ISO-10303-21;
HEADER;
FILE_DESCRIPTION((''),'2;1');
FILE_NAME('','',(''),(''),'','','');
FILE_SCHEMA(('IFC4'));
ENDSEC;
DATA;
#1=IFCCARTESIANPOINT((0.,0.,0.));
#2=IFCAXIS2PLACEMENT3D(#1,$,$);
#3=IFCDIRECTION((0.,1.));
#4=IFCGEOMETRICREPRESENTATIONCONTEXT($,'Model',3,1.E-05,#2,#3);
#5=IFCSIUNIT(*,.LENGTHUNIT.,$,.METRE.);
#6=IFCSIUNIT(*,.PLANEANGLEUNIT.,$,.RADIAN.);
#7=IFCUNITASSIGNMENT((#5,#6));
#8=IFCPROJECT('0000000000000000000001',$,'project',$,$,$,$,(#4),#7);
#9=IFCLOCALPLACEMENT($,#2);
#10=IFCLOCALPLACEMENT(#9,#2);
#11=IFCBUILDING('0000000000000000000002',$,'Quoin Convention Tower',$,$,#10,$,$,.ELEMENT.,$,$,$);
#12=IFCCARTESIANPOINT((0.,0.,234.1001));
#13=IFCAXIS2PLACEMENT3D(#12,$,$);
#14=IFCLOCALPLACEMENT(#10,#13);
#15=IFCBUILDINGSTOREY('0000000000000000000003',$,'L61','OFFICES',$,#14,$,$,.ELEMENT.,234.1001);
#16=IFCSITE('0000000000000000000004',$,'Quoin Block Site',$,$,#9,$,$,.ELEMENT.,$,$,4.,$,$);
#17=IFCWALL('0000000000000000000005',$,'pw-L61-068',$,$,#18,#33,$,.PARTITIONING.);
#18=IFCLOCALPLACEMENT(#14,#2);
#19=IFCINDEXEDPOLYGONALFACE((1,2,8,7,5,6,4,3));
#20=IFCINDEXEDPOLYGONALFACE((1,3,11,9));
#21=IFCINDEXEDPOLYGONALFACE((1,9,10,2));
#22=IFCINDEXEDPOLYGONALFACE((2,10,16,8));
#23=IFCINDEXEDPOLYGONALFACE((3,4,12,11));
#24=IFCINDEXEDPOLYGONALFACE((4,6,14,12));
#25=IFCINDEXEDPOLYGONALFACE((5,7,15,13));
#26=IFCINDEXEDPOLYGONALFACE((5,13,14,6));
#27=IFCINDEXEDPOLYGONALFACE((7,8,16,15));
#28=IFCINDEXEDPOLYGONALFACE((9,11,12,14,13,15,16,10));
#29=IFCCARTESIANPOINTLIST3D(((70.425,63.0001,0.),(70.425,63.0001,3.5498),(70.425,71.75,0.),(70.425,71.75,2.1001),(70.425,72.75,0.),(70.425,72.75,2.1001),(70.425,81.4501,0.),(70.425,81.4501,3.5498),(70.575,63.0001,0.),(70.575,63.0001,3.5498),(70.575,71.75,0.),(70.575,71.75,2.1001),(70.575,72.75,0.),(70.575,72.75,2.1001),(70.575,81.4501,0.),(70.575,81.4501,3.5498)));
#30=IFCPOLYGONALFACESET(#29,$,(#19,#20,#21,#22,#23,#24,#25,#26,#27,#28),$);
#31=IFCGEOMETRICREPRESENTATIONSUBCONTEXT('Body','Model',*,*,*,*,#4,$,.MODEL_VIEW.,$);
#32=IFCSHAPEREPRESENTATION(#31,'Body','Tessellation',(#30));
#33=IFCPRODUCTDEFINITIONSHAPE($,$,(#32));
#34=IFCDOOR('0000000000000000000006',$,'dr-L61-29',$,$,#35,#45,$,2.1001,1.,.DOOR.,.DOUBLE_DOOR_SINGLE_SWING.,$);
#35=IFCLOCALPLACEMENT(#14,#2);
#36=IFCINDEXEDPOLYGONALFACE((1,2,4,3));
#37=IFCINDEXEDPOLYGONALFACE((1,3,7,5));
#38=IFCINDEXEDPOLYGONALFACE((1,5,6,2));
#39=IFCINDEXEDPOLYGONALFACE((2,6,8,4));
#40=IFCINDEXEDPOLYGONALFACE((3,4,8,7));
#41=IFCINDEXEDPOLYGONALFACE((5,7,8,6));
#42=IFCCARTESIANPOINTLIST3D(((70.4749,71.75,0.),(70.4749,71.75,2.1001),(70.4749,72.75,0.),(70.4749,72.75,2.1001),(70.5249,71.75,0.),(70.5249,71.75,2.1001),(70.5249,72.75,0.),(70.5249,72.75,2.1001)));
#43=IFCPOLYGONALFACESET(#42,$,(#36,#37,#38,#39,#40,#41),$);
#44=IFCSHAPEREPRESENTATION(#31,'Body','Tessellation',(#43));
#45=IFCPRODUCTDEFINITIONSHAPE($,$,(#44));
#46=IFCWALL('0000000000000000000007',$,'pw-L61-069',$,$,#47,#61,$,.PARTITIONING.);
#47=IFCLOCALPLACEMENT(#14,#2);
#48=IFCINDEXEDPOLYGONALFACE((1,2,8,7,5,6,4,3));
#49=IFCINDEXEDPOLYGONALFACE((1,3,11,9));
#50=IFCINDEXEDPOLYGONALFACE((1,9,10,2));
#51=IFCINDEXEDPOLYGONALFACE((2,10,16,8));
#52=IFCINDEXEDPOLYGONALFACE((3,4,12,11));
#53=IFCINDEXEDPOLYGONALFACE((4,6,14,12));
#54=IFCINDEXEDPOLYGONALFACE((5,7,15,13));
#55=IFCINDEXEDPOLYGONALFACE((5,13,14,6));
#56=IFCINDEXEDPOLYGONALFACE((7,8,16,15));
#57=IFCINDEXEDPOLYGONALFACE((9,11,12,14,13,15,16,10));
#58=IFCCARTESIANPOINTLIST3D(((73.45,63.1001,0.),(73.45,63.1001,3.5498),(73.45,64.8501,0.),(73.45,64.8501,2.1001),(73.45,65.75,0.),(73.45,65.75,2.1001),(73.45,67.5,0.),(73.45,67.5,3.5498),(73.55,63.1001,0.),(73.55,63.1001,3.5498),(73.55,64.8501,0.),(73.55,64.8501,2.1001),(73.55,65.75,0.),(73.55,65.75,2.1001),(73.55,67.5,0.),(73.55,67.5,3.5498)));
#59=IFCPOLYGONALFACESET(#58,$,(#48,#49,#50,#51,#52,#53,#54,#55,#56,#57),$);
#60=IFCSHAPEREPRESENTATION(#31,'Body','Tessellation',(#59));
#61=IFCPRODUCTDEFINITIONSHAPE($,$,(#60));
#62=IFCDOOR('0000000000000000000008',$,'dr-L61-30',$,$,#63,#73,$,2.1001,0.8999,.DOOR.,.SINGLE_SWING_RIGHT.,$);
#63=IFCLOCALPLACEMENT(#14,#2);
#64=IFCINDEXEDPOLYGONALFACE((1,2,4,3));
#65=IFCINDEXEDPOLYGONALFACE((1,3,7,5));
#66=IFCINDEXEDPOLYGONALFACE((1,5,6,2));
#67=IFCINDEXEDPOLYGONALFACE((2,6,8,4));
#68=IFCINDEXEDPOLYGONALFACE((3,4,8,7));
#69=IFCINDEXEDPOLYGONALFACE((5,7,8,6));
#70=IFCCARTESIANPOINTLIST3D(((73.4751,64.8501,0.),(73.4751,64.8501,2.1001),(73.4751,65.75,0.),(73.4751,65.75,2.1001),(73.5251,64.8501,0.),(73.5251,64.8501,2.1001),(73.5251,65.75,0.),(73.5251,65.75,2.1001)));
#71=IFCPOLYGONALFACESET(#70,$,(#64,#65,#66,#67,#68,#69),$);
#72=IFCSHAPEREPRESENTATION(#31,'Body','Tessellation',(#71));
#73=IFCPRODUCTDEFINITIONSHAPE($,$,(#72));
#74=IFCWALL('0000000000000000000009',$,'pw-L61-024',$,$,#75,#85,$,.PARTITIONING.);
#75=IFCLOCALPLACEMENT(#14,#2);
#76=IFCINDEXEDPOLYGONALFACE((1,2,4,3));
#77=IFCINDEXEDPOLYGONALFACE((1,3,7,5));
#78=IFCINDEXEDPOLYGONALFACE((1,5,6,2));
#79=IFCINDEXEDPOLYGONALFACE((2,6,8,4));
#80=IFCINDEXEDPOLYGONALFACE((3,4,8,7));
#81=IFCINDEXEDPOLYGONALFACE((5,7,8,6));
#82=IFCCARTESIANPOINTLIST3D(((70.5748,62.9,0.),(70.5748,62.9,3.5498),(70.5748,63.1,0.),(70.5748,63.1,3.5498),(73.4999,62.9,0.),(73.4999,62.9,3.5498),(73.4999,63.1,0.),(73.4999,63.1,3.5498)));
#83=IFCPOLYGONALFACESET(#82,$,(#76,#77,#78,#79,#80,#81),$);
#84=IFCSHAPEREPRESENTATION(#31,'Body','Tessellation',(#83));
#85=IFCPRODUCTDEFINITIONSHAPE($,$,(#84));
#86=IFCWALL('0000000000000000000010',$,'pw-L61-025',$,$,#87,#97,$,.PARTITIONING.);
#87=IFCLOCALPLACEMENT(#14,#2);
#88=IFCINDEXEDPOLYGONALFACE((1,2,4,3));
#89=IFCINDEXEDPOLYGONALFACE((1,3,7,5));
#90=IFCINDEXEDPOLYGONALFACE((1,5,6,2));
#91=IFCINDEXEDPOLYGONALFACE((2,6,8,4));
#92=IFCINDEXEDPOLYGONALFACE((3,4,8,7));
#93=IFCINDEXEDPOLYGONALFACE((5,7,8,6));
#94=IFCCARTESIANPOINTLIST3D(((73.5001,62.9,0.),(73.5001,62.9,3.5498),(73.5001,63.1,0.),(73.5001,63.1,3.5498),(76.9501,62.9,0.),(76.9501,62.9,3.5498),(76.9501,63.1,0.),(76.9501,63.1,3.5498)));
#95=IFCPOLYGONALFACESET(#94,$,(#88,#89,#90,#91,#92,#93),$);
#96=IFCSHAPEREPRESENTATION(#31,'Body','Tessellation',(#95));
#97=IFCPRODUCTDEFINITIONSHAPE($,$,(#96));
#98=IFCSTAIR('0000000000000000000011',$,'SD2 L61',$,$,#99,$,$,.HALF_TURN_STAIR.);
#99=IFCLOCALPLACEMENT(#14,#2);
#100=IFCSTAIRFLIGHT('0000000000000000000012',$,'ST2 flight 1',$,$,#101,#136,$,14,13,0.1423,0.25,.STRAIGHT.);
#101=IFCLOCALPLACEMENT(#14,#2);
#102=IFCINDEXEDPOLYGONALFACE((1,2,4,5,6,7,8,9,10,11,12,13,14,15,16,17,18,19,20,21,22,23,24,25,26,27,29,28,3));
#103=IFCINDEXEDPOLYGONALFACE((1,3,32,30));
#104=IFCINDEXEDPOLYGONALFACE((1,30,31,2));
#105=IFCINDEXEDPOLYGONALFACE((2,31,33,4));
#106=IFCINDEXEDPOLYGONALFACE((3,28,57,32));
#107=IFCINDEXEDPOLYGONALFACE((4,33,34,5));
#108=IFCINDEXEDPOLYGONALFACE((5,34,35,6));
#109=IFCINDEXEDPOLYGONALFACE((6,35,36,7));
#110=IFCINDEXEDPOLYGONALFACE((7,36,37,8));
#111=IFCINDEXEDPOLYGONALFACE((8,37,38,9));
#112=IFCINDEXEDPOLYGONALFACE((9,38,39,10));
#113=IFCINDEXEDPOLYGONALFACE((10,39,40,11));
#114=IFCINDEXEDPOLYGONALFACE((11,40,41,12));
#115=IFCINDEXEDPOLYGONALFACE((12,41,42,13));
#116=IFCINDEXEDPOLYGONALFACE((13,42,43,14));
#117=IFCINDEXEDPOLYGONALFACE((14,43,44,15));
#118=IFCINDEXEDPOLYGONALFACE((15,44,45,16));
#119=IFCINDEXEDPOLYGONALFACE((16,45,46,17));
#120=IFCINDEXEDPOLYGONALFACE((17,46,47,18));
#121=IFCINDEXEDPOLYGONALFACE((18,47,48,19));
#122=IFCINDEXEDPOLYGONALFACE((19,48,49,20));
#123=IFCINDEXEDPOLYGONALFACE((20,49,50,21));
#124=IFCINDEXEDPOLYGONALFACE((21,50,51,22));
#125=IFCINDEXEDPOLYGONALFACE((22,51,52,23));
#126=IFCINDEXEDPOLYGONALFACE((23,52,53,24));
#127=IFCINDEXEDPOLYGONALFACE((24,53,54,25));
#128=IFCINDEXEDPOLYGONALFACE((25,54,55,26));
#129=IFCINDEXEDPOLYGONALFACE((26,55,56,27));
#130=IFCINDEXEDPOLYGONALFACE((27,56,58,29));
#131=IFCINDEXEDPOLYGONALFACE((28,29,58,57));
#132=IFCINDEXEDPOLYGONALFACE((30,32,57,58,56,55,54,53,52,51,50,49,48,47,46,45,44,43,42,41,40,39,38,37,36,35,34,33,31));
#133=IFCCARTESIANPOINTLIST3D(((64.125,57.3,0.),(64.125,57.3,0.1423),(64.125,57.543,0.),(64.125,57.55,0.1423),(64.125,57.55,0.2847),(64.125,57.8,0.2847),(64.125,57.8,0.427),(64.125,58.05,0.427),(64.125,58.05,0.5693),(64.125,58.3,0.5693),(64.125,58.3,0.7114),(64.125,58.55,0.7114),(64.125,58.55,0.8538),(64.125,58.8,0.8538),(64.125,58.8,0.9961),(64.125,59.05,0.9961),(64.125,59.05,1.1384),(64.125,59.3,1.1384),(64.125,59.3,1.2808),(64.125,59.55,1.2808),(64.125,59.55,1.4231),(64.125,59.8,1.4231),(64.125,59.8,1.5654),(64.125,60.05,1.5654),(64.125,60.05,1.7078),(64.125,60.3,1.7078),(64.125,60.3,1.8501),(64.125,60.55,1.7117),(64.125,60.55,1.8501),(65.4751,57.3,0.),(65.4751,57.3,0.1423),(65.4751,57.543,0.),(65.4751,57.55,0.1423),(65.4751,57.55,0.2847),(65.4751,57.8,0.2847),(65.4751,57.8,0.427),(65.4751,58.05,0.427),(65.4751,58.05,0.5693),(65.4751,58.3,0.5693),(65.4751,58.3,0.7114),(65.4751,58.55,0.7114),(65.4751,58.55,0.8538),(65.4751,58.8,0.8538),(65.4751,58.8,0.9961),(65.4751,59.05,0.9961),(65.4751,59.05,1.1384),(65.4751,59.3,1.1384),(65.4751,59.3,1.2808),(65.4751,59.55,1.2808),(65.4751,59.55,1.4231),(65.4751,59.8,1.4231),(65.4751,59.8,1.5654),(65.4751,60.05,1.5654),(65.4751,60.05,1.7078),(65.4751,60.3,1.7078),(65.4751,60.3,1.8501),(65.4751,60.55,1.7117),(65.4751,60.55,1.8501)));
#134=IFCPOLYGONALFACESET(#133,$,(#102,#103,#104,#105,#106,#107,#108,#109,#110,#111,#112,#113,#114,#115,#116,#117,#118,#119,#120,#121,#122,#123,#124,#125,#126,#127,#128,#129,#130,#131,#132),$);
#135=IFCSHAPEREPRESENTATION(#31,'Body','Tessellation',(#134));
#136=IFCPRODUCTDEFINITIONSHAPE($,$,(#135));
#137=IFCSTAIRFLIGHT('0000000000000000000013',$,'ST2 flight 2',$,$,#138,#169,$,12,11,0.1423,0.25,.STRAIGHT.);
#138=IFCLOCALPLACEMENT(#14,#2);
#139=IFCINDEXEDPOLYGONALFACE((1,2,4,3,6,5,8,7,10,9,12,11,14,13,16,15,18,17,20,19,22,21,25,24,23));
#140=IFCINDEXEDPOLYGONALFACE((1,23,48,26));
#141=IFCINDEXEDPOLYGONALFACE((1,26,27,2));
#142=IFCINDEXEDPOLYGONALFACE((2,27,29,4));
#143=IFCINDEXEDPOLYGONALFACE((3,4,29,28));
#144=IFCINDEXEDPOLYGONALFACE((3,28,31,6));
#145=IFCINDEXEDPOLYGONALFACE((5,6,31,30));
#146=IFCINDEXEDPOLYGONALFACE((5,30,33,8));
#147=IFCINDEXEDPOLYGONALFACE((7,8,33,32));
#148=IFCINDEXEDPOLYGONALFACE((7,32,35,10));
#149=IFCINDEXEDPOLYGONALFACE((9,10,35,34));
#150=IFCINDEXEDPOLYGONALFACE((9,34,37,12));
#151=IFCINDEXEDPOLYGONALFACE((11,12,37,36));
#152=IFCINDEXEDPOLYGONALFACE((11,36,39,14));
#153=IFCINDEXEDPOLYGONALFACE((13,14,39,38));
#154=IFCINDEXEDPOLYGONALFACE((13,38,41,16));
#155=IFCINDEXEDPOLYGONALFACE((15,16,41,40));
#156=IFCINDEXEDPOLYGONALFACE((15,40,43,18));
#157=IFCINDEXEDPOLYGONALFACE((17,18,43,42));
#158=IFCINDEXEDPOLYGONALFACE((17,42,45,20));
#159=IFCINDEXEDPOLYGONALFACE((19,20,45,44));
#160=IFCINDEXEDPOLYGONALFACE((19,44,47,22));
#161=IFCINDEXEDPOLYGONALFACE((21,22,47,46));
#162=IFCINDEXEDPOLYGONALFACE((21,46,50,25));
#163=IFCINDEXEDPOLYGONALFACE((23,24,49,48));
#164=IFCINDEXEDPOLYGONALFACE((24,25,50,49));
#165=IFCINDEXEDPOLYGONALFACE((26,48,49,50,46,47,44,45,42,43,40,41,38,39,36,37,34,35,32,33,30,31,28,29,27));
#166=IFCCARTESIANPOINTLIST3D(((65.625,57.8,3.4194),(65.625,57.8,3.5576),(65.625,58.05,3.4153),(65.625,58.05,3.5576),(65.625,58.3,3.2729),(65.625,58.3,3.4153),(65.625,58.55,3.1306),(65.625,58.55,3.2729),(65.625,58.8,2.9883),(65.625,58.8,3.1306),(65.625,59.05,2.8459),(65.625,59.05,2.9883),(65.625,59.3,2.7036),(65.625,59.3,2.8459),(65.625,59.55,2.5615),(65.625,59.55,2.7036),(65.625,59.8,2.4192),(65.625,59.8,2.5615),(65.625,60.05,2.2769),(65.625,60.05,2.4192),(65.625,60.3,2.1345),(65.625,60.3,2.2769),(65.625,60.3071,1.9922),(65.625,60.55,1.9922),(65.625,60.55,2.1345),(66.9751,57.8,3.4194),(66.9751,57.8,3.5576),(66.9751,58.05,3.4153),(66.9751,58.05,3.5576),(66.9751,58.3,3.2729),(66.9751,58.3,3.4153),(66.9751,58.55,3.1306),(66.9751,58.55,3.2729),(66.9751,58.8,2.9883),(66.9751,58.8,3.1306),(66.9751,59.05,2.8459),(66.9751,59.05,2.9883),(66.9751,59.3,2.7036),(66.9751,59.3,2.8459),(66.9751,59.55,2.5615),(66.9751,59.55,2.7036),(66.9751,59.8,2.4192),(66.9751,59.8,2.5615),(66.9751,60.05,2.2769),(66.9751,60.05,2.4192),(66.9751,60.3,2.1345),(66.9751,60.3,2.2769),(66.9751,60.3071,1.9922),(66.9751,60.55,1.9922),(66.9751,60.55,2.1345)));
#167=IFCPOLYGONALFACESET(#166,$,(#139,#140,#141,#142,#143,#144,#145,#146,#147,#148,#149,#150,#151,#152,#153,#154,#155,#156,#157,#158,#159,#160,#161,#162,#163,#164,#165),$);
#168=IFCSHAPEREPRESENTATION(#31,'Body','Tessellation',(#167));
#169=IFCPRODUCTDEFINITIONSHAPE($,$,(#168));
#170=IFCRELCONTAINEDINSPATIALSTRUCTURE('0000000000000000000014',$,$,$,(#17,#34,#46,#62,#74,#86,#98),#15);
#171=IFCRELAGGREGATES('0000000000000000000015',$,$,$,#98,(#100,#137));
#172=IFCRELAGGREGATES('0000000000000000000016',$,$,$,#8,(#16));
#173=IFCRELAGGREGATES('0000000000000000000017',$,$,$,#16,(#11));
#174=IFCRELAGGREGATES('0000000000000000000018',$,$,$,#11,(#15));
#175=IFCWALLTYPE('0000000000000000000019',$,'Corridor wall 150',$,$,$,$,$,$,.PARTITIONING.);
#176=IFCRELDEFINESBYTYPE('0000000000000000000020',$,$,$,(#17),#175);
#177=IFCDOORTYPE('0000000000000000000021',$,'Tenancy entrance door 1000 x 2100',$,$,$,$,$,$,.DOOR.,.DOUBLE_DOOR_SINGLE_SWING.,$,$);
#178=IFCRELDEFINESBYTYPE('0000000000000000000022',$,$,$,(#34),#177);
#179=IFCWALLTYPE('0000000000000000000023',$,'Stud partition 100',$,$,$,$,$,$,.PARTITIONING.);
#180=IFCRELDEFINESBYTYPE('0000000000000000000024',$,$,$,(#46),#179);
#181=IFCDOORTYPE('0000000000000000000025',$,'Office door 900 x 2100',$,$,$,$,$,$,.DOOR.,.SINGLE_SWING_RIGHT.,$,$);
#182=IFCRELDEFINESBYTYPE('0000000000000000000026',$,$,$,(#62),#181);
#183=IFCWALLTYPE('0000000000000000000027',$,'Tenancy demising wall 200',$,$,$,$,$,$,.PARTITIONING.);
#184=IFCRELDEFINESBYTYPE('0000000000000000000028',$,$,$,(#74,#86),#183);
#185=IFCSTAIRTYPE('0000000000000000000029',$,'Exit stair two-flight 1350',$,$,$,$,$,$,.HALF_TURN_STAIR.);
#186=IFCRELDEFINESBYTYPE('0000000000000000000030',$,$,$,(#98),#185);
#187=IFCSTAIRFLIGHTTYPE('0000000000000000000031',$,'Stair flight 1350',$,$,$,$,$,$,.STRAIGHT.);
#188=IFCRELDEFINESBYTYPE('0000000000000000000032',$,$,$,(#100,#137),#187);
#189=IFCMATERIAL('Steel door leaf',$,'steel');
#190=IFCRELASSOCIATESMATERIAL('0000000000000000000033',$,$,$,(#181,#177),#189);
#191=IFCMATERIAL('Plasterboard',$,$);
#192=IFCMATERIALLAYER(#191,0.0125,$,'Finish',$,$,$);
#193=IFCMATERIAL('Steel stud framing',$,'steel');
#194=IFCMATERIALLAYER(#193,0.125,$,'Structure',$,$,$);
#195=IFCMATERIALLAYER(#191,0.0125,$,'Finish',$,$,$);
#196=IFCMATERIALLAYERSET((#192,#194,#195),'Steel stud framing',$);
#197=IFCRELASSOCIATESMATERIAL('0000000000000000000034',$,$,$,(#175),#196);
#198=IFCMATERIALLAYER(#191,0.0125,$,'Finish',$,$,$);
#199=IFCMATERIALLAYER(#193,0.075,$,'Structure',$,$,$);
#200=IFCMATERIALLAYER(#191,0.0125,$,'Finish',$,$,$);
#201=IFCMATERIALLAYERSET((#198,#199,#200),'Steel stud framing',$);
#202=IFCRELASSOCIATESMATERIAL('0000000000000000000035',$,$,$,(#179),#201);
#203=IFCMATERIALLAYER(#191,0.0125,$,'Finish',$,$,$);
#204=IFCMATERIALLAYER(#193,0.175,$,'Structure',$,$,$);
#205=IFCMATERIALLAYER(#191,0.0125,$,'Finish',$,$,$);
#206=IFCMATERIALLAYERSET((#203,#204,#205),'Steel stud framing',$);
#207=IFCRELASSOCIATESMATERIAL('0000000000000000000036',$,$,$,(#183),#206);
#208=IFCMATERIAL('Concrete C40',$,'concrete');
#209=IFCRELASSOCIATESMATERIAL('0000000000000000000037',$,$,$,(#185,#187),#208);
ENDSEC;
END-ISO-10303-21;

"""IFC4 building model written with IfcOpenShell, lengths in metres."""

from ifc_helpers import new_model, si_unit, direction, frame, frame_2d, origin, place, context, subcontext, project, spatial, polyline, rectangle, outline, extrude, material, layer, layer_set, type_object, element, fill, aggregate, save


model = new_model("IFC4")

# Units and contexts
model_context = context("Model", 3, precision=1e-05, world=origin(), true_north=direction((0.0, 1.0)))
body_context = subcontext(model_context, "Body", "Model", "MODEL_VIEW")
ifc_project = project(units=[si_unit("LENGTHUNIT", "METRE"), si_unit("PLANEANGLEUNIT", "RADIAN")], contexts=[model_context])

# Site, building, storey
site_placement = place(None, origin())
site = spatial("IfcSite", under=ifc_project, at=site_placement, Name="Quoin Block Site", CompositionType="ELEMENT", RefElevation=4.0)
building_placement = place(site_placement, origin())
building = spatial("IfcBuilding", under=site, at=building_placement, Name="Quoin Convention Tower", CompositionType="ELEMENT")
storey_placement = place(building_placement, frame((0.0, 0.0, 234.1001)))
storey = spatial("IfcBuildingStorey", under=building, at=storey_placement, Name="L61", Description="OFFICES", CompositionType="ELEMENT", Elevation=234.1001)

# Shared definitions
ifc_material_1 = material(Name="Plasterboard")
ifc_material_2 = material(Name="Steel stud framing", Category="steel")

# Shared definitions
ifc_material_3 = material(Name="Steel door leaf", Category="steel")
door_type_1 = type_object("IfcDoorType", Name="Office door 900 x 2100", OperationType="SINGLE_SWING_RIGHT", PredefinedType="DOOR", material=ifc_material_3)

# Walls, openings, doors
ifc_layer_1 = layer(ifc_material_1, 0.0125, Name="Finish")
ifc_layer_2 = layer(ifc_material_2, 0.125, Name="Structure")
ifc_layer_3 = layer(ifc_material_1, 0.0125, Name="Finish")
ifc_layer_set_1 = layer_set([ifc_layer_1, ifc_layer_2, ifc_layer_3], Name="Steel stud framing")
wall_type_1 = type_object("IfcWallType", Name="Corridor wall 150", PredefinedType="PARTITIONING", material=ifc_layer_set_1)
wall_1_placement = place(storey_placement, frame((70.5, 63.0, 0.0), z_axis=(0.0, 0.0, 1.0), x_axis=(0.0, 1.0, 0.0)))
wall_1 = element("IfcWall", 1, at=wall_1_placement, inside=storey, type_object=wall_type_1, Name="pw-L61-068", PredefinedType="PARTITIONING", context=body_context, shape_type="SweptSolid", body=[
    extrude(rectangle(XDim=18.45, YDim=0.1499, at=frame_2d((9.2251, 0.0))), origin(), (0.0, 0.0, 1.0), 3.5498),
])
opening_1_placement = place(wall_1_placement, frame((8.75, 0.0, 0.0)))
opening_1 = element("IfcOpeningElement", 2, at=opening_1_placement, cuts=wall_1, PredefinedType="OPENING", context=body_context, shape_type="SweptSolid", body=[
    extrude(rectangle(XDim=1.0, YDim=2.1001, at=frame_2d((0.5, 1.05))), frame((0.0, 0.085, 0.0), z_axis=(0.0, -1.0, 0.0), x_axis=(1.0, 0.0, 0.0)), (0.0, 0.0, 1.0), 0.1699),
])
door_type_2 = type_object("IfcDoorType", Name="Tenancy entrance door 1000 x 2100", OperationType="DOUBLE_DOOR_SINGLE_SWING", PredefinedType="DOOR", material=ifc_material_3)
door_1_placement = place(opening_1_placement, frame((1.0, 0.0, 0.0), z_axis=(0.0, 0.0, 1.0), x_axis=(-1.0, 0.0, 0.0)))
door_1 = element("IfcDoor", 3, at=door_1_placement, inside=storey, type_object=door_type_2, Name="dr-L61-29", OperationType="DOUBLE_DOOR_SINGLE_SWING", OverallHeight=2.1001, OverallWidth=1.0, PredefinedType="DOOR", context=body_context, shape_type="SweptSolid", body=[
    extrude(rectangle(XDim=1.0, YDim=2.1001, at=frame_2d((0.5, 1.05))), frame((0.0, 0.0249, 0.0), z_axis=(0.0, -1.0, 0.0), x_axis=(1.0, 0.0, 0.0)), (0.0, 0.0, 1.0), 0.05),
])
fill(opening_1, door_1)
ifc_layer_4 = layer(ifc_material_1, 0.0125, Name="Finish")
ifc_layer_5 = layer(ifc_material_2, 0.075, Name="Structure")
ifc_layer_6 = layer(ifc_material_1, 0.0125, Name="Finish")
ifc_layer_set_2 = layer_set([ifc_layer_4, ifc_layer_5, ifc_layer_6], Name="Steel stud framing")
wall_type_2 = type_object("IfcWallType", Name="Stud partition 100", PredefinedType="PARTITIONING", material=ifc_layer_set_2)
wall_2_placement = place(storey_placement, frame((73.5, 63.1001, 0.0), z_axis=(0.0, 0.0, 1.0), x_axis=(0.0, 1.0, 0.0)))
wall_2 = element("IfcWall", 4, at=wall_2_placement, inside=storey, type_object=wall_type_2, Name="pw-L61-069", PredefinedType="PARTITIONING", context=body_context, shape_type="SweptSolid", body=[
    extrude(rectangle(XDim=4.3999, YDim=0.1001, at=frame_2d((2.2, 0.0))), origin(), (0.0, 0.0, 1.0), 3.5498),
])
opening_2_placement = place(wall_2_placement, frame((1.75, 0.0, 0.0)))
opening_2 = element("IfcOpeningElement", 5, at=opening_2_placement, cuts=wall_2, PredefinedType="OPENING", context=body_context, shape_type="SweptSolid", body=[
    extrude(rectangle(XDim=0.8999, YDim=2.1001, at=frame_2d((0.45, 1.05))), frame((0.0, 0.0601, 0.0), z_axis=(0.0, -1.0, 0.0), x_axis=(1.0, 0.0, 0.0)), (0.0, 0.0, 1.0), 0.1201),
])
door_2_placement = place(opening_2_placement, origin())
door_2 = element("IfcDoor", 6, at=door_2_placement, inside=storey, type_object=door_type_1, Name="dr-L61-30", OperationType="SINGLE_SWING_RIGHT", OverallHeight=2.1001, OverallWidth=0.8999, PredefinedType="DOOR", context=body_context, shape_type="SweptSolid", body=[
    extrude(rectangle(XDim=0.8999, YDim=2.1001, at=frame_2d((0.45, 1.05))), frame((0.0, 0.0249, 0.0), z_axis=(0.0, -1.0, 0.0), x_axis=(1.0, 0.0, 0.0)), (0.0, 0.0, 1.0), 0.05),
])
fill(opening_2, door_2)

# Walls
ifc_layer_7 = layer(ifc_material_1, 0.0125, Name="Finish")
ifc_layer_8 = layer(ifc_material_2, 0.175, Name="Structure")
ifc_layer_9 = layer(ifc_material_1, 0.0125, Name="Finish")
ifc_layer_set_3 = layer_set([ifc_layer_7, ifc_layer_8, ifc_layer_9], Name="Steel stud framing")
wall_type_3 = type_object("IfcWallType", Name="Tenancy demising wall 200", PredefinedType="PARTITIONING", material=ifc_layer_set_3)
wall_3_placement = place(storey_placement, frame((70.575, 63.0, 0.0), z_axis=(0.0, 0.0, 1.0), x_axis=(1.0, 0.0, 0.0)))
element("IfcWall", 7, at=wall_3_placement, inside=storey, type_object=wall_type_3, Name="pw-L61-024", PredefinedType="PARTITIONING", context=body_context, shape_type="SweptSolid", body=[
    extrude(rectangle(XDim=2.925, YDim=0.2, at=frame_2d((1.4624, 0.0))), origin(), (0.0, 0.0, 1.0), 3.5498),
])
wall_4_placement = place(storey_placement, frame((73.5, 63.0, 0.0), z_axis=(0.0, 0.0, 1.0), x_axis=(1.0, 0.0, 0.0)))
element("IfcWall", 8, at=wall_4_placement, inside=storey, type_object=wall_type_3, Name="pw-L61-025", PredefinedType="PARTITIONING", context=body_context, shape_type="SweptSolid", body=[
    extrude(rectangle(XDim=3.45, YDim=0.2, at=frame_2d((1.7251, 0.0))), origin(), (0.0, 0.0, 1.0), 3.5498),
])

# Stair, stair flights
ifc_material_4 = material(Name="Concrete C40", Category="concrete")
stair_type = type_object("IfcStairType", Name="Exit stair two-flight 1350", PredefinedType="HALF_TURN_STAIR", material=ifc_material_4)
stair_placement = place(storey_placement, origin())
stair = element("IfcStair", 9, at=stair_placement, inside=storey, type_object=stair_type, Name="SD2 L61", PredefinedType="HALF_TURN_STAIR")
stair_flight_type = type_object("IfcStairFlightType", Name="Stair flight 1350", PredefinedType="STRAIGHT", material=ifc_material_4)
stair_flight_1_placement = place(storey_placement, frame((64.8, 57.3, 0.0), z_axis=(0.0, 0.0, 1.0), x_axis=(0.0, 1.0, 0.0)))
stair_flight_1 = element("IfcStairFlight", 10, at=stair_flight_1_placement, type_object=stair_flight_type, Name="ST2 flight 1", NumberOfRisers=14, NumberOfTreads=13, PredefinedType="STRAIGHT", RiserHeight=0.1423, TreadLength=0.25, context=body_context, shape_type="SweptSolid", body=[
    extrude(outline(polyline([(0.0, 0.0), (0.0, 0.1423), (0.25, 0.1423), (0.25, 0.2847), (0.5, 0.2847), (0.5, 0.427), (0.75, 0.427), (0.75, 0.5693), (1.0, 0.5693), (1.0, 0.7114), (1.25, 0.7114), (1.25, 0.8538), (1.5, 0.8538), (1.5, 0.9961), (1.75, 0.9961), (1.75, 1.1384), (2.0, 1.1384), (2.0, 1.2808), (2.25, 1.2808), (2.25, 1.4231), (2.5, 1.4231), (2.5, 1.5654), (2.75, 1.5654), (2.75, 1.7078), (3.0, 1.7078), (3.0, 1.8501), (3.25, 1.8501), (3.25, 1.9922), (3.25, 1.7117), (0.2429, 0.0), (0.0, 0.0)])), frame((0.0, 0.675, 0.0), z_axis=(0.0, -1.0, 0.0), x_axis=(1.0, 0.0, 0.0)), (0.0, 0.0, 1.0), 1.3501),
])
stair_flight_2_placement = place(storey_placement, frame((66.3, 60.55, 1.9922), z_axis=(0.0, 0.0, 1.0), x_axis=(0.0, -1.0, 0.0)))
stair_flight_2 = element("IfcStairFlight", 11, at=stair_flight_2_placement, type_object=stair_flight_type, Name="ST2 flight 2", NumberOfRisers=12, NumberOfTreads=11, PredefinedType="STRAIGHT", RiserHeight=0.1423, TreadLength=0.25, context=body_context, shape_type="SweptSolid", body=[
    extrude(outline(polyline([(0.0, 0.0), (0.0, 0.1423), (0.25, 0.1423), (0.25, 0.2847), (0.5, 0.2847), (0.5, 0.427), (0.75, 0.427), (0.75, 0.5693), (1.0, 0.5693), (1.0, 0.7114), (1.25, 0.7114), (1.25, 0.8538), (1.5, 0.8538), (1.5, 0.9961), (1.75, 0.9961), (1.75, 1.1384), (2.0, 1.1384), (2.0, 1.2808), (2.25, 1.2808), (2.25, 1.4231), (2.5, 1.4231), (2.5, 1.5654), (2.75, 1.5654), (2.75, 1.7078), (2.75, 1.4272), (0.2429, 0.0), (0.0, 0.0)])), frame((0.0, 0.675, 0.0), z_axis=(0.0, -1.0, 0.0), x_axis=(1.0, 0.0, 0.0)), (0.0, 0.0, 1.0), 1.3501),
])
aggregate(stair, [stair_flight_1, stair_flight_2])

save(model, "model.ifc")
